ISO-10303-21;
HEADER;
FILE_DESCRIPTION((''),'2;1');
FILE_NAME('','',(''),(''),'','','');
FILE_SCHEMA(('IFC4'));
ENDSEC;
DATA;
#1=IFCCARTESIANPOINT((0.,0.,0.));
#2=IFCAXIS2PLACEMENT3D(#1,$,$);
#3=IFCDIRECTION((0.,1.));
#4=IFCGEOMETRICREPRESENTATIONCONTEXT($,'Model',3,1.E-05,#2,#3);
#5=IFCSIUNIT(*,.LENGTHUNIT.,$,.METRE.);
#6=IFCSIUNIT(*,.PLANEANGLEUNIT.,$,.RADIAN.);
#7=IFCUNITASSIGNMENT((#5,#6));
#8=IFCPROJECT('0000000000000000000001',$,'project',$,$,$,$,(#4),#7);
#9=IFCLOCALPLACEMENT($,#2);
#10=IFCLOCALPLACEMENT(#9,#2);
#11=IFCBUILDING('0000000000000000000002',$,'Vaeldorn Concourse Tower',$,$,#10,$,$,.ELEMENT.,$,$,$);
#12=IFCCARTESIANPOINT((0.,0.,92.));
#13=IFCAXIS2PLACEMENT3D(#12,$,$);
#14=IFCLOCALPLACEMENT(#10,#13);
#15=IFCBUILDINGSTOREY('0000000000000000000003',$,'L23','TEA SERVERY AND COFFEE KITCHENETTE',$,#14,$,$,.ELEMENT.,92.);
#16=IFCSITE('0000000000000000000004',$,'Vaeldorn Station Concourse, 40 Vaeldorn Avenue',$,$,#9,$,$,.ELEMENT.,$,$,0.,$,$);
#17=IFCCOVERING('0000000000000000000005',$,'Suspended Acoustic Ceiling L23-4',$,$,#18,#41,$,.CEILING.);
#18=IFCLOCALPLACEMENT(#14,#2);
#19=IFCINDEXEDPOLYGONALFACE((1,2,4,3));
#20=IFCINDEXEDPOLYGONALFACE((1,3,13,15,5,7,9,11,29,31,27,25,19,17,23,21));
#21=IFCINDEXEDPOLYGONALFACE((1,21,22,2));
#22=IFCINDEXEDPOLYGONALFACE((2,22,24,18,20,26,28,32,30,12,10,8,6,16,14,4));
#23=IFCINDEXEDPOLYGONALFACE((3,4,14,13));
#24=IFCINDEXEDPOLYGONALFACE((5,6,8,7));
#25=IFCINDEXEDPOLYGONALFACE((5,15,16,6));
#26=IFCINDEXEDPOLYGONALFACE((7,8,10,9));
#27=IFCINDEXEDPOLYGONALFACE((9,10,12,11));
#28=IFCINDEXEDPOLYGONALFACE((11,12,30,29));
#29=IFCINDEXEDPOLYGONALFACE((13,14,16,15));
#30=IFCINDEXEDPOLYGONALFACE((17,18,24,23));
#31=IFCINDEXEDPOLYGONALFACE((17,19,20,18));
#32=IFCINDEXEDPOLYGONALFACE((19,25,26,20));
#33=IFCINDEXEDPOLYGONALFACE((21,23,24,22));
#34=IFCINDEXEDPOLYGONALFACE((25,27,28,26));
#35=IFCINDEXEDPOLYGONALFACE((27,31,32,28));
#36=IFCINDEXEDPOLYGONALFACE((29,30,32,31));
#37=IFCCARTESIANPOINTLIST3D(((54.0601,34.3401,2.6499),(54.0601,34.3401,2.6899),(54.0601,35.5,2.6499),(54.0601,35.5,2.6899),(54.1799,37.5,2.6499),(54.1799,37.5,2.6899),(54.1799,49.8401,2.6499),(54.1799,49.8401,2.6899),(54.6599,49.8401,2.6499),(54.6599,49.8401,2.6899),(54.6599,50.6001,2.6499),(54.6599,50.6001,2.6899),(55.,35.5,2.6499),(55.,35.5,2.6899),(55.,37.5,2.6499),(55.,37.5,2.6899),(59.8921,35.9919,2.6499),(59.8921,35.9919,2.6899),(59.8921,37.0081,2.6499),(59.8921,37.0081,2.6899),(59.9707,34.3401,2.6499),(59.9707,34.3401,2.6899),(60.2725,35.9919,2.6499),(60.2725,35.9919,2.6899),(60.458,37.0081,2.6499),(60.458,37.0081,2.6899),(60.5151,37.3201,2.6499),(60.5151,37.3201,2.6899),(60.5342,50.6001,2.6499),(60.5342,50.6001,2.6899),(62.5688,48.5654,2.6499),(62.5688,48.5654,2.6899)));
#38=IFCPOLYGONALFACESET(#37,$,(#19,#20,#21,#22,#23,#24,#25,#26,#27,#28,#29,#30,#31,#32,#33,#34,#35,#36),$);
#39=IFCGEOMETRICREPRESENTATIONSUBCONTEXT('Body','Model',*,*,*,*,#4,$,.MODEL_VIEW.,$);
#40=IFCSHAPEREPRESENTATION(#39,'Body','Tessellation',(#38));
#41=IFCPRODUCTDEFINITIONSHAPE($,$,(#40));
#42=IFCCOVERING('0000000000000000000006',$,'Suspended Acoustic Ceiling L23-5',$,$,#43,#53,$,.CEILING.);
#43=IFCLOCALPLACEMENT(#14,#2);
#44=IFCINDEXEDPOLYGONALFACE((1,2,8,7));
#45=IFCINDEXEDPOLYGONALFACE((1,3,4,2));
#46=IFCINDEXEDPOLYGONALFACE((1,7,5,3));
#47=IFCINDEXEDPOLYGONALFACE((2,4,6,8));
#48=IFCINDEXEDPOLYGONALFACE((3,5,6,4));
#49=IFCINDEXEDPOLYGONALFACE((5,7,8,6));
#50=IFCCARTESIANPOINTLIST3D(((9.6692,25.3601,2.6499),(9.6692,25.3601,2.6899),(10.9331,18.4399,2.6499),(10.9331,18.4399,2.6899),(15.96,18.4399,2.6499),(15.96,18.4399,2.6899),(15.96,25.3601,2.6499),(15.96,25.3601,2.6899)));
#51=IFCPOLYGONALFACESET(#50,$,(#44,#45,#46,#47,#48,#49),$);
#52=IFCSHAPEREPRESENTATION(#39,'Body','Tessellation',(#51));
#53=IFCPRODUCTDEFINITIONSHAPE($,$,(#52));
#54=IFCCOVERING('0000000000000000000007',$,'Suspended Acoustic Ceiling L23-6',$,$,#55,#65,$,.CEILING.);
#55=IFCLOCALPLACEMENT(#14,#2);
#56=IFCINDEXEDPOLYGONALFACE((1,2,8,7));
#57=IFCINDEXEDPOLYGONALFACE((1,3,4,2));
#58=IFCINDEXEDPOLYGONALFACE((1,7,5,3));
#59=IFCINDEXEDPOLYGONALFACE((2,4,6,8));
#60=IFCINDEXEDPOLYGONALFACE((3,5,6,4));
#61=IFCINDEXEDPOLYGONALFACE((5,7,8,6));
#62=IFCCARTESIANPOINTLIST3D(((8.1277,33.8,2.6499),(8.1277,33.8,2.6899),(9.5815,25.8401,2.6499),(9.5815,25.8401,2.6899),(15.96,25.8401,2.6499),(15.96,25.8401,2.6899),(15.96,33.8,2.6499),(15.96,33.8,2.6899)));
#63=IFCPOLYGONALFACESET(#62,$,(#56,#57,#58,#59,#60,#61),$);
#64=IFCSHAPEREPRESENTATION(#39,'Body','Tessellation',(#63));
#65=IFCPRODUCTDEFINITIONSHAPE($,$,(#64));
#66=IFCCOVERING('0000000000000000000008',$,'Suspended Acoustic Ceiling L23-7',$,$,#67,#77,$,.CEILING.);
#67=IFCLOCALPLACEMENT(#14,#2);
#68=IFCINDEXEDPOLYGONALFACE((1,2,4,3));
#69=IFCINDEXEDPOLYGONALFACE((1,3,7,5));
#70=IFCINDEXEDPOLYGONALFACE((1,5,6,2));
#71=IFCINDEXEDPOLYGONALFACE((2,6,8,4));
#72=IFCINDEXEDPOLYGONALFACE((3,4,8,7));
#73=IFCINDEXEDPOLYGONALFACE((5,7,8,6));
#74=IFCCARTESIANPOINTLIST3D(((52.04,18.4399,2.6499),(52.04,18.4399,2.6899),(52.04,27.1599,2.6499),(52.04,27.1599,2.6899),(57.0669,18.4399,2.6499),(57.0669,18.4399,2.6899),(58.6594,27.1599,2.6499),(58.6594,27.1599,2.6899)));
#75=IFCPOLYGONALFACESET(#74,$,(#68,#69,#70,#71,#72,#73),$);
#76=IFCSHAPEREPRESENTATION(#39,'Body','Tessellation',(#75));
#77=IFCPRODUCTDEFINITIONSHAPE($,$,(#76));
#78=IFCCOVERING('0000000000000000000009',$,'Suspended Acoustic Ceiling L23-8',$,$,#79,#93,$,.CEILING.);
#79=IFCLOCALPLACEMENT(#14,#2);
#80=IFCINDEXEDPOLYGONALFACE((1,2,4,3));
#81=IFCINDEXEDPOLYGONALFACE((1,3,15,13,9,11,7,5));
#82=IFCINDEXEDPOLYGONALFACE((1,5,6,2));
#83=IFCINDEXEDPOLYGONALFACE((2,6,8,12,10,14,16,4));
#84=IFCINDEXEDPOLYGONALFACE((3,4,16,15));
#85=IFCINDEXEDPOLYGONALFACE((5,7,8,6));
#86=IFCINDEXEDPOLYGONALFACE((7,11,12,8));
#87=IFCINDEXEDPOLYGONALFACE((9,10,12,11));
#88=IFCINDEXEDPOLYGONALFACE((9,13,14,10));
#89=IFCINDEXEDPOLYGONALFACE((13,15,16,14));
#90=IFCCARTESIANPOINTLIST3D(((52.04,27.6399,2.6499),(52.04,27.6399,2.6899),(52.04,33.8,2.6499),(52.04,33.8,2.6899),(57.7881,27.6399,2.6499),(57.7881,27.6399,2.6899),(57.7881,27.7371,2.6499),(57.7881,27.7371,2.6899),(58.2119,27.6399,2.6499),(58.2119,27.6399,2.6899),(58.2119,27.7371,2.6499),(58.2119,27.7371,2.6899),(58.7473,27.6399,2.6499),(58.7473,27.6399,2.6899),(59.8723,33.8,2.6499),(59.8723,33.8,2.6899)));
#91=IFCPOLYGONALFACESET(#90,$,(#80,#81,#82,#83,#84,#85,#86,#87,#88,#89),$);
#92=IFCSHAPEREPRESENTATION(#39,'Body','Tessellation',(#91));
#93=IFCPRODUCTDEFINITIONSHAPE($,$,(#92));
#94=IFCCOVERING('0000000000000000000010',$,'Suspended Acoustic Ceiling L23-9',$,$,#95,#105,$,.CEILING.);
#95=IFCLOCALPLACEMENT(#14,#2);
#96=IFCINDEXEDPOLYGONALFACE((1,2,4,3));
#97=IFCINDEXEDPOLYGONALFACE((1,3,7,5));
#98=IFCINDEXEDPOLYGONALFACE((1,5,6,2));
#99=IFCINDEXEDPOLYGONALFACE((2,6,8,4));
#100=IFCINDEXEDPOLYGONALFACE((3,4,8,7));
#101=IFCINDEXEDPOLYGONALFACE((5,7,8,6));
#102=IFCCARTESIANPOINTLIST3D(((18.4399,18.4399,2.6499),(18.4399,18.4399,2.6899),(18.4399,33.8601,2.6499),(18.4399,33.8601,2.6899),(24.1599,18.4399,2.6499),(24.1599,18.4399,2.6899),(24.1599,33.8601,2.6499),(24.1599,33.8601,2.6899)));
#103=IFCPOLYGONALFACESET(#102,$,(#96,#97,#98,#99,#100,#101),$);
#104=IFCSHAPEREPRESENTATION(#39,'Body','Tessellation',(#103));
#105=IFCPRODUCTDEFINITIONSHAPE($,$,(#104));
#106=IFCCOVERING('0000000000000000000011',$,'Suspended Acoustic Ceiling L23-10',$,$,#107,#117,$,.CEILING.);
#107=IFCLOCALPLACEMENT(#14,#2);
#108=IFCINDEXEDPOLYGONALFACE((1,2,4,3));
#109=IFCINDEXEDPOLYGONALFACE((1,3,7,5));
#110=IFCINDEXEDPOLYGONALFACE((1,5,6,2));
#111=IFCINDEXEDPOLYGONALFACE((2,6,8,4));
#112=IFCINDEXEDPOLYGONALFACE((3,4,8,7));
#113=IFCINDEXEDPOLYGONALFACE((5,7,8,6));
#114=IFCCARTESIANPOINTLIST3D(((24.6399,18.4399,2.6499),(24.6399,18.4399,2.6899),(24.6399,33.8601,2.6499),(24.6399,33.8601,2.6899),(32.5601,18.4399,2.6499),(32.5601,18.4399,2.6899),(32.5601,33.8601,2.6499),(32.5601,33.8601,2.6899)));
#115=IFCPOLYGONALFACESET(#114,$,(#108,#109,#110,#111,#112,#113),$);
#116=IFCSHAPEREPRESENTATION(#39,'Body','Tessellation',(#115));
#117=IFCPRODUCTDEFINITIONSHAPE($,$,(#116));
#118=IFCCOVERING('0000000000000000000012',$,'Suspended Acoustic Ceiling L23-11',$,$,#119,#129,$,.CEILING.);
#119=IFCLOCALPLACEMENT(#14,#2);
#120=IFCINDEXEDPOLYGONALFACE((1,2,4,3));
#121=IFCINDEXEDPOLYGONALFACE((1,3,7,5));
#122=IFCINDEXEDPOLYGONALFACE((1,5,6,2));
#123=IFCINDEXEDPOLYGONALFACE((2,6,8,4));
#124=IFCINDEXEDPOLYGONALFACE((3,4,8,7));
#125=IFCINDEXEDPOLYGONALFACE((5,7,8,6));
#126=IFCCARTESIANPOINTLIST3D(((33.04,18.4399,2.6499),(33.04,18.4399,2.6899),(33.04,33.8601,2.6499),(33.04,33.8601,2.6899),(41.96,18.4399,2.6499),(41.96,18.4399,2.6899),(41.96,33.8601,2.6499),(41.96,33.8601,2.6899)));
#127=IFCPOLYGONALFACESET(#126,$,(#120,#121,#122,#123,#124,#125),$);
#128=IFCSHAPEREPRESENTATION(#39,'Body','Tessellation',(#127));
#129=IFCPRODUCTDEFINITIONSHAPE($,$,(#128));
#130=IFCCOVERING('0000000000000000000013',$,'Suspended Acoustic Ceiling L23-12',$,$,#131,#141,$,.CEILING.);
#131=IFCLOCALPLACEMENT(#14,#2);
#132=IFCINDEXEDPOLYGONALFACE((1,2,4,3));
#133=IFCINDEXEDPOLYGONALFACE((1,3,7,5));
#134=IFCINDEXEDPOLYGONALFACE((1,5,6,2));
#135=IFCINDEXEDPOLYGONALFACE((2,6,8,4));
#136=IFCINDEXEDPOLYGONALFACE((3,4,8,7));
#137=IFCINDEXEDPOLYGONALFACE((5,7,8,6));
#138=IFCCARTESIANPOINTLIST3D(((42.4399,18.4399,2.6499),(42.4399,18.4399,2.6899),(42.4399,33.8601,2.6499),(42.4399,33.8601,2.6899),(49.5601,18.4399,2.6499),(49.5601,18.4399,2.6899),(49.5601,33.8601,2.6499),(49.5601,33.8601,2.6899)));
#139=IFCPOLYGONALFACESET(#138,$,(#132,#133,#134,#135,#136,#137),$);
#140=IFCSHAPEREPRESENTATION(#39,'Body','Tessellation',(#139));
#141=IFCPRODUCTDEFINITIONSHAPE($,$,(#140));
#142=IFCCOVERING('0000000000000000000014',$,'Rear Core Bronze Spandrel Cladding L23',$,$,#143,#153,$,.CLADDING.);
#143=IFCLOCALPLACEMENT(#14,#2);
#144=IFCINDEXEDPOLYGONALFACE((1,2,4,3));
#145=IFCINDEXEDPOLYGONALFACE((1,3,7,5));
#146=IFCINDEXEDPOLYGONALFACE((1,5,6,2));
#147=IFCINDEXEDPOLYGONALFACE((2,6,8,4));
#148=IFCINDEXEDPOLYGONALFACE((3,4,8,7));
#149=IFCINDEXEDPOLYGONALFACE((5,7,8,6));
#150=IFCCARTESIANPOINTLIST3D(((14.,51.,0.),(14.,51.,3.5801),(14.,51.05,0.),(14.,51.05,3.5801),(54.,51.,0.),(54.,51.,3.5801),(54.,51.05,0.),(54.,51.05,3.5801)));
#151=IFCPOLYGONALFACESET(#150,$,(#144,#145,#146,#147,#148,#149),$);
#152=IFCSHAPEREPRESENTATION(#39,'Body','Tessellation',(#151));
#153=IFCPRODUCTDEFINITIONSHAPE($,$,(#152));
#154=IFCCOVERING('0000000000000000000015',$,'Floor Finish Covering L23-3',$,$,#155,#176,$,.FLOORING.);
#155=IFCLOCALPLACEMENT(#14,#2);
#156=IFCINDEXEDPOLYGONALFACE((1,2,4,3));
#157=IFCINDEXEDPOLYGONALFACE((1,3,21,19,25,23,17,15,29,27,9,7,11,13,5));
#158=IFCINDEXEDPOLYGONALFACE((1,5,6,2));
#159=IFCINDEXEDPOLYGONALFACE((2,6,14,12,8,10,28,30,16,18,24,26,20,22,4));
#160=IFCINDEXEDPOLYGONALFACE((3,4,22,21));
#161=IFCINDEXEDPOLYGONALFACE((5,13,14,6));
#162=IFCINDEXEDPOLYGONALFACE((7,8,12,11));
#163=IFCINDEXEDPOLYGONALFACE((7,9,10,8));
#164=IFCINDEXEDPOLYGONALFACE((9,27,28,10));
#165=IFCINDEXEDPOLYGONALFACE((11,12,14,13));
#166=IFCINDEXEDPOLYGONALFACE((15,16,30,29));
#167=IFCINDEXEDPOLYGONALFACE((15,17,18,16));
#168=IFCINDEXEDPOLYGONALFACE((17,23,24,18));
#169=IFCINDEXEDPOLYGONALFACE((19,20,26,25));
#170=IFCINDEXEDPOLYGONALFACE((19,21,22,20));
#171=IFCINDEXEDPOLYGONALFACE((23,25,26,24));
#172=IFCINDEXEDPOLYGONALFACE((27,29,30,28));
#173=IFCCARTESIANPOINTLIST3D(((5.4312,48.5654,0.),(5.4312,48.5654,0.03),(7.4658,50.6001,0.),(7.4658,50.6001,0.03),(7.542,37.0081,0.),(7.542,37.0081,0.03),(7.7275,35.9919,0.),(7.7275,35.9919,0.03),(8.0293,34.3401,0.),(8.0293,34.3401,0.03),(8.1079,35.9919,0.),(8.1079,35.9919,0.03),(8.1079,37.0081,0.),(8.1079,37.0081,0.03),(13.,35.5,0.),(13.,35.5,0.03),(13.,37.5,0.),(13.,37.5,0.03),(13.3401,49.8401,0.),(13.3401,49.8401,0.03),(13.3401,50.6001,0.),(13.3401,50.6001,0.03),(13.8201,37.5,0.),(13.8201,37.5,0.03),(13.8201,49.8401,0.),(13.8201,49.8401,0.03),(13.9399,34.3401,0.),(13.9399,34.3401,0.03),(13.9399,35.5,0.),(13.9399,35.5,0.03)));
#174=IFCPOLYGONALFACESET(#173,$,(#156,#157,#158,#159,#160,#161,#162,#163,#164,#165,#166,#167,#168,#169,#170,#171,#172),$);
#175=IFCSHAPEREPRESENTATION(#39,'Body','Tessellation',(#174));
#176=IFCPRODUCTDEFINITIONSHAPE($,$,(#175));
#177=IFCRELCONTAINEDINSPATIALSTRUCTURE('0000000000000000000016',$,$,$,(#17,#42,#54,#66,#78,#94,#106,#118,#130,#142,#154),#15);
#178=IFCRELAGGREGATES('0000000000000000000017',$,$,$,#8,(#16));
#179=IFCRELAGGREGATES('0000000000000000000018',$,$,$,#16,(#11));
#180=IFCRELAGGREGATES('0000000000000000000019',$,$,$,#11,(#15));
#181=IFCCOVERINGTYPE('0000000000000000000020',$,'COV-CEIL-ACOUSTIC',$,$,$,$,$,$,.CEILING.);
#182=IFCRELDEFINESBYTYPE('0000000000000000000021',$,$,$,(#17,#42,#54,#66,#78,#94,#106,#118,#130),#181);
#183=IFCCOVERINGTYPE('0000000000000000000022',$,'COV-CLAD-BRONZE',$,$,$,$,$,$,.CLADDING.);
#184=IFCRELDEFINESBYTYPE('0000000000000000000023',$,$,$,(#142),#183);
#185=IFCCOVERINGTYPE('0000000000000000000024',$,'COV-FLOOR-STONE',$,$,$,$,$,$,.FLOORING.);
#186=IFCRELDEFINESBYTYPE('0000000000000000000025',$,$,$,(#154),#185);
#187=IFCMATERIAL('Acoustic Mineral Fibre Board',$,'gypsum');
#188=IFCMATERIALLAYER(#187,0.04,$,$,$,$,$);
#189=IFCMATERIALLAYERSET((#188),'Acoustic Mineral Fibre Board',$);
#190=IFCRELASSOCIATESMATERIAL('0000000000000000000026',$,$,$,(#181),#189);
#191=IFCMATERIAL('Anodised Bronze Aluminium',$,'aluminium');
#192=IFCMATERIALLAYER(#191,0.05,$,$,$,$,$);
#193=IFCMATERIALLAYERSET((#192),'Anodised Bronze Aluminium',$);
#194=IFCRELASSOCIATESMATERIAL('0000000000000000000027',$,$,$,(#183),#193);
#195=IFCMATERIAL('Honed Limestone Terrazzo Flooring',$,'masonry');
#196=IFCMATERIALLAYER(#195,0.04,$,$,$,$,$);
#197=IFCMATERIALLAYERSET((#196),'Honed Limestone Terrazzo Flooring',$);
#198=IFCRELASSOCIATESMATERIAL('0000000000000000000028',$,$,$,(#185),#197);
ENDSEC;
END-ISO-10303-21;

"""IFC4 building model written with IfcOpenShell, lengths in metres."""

from ifc_helpers import new_model, si_unit, direction, frame, origin, place, context, subcontext, project, spatial, polyline, outline, extrude, material, layer, layer_set, type_object, element, save


model = new_model("IFC4")

# Units and contexts
model_context = context("Model", 3, precision=1e-05, world=origin(), true_north=direction((0.0, 1.0)))
body_context = subcontext(model_context, "Body", "Model", "MODEL_VIEW")
ifc_project = project(units=[si_unit("LENGTHUNIT", "METRE"), si_unit("PLANEANGLEUNIT", "RADIAN")], contexts=[model_context])

# Site, building, storey
site_placement = place(None, origin())
site = spatial("IfcSite", under=ifc_project, at=site_placement, Name="Vaeldorn Station Concourse, 40 Vaeldorn Avenue", CompositionType="ELEMENT", RefElevation=0.0)
building_placement = place(site_placement, origin())
building = spatial("IfcBuilding", under=site, at=building_placement, Name="Vaeldorn Concourse Tower", CompositionType="ELEMENT")
storey_placement = place(building_placement, frame((0.0, 0.0, 92.0)))
storey = spatial("IfcBuildingStorey", under=building, at=storey_placement, Name="L23", Description="TEA SERVERY AND COFFEE KITCHENETTE", CompositionType="ELEMENT", Elevation=92.0)

# Shared definitions
ifc_material_1 = material(Name="Anodised Bronze Aluminium", Category="aluminium")

# Coverings
ifc_material_2 = material(Name="Acoustic Mineral Fibre Board", Category="gypsum")
ifc_layer_1 = layer(ifc_material_2, 0.04)
ifc_layer_set_1 = layer_set([ifc_layer_1], Name="Acoustic Mineral Fibre Board")
covering_type_1 = type_object("IfcCoveringType", Name="COV-CEIL-ACOUSTIC", PredefinedType="CEILING", material=ifc_layer_set_1)
covering_1_placement = place(storey_placement, frame((0.0, 0.0, 2.6499)))
element("IfcCovering", 1, at=covering_1_placement, inside=storey, type_object=covering_type_1, Name="Suspended Acoustic Ceiling L23-4", PredefinedType="CEILING", context=body_context, shape_type="SweptSolid", body=[
    extrude(outline(polyline([(54.1799, 49.8401), (54.6599, 49.8401), (54.6599, 50.6001), (60.5342, 50.6001), (62.5688, 48.5654), (60.5151, 37.3201), (60.5151, 37.3201), (60.458, 37.0081), (59.8921, 37.0081), (59.8921, 35.9919), (60.2725, 35.9919), (59.9707, 34.3401), (54.0601, 34.3401), (54.0601, 35.5), (55.0, 35.5), (55.0, 37.5), (54.1799, 37.5), (54.1799, 49.8401)])), origin(), (0.0, 0.0, 1.0), 0.04),
])
covering_2_placement = place(storey_placement, frame((0.0, 0.0, 2.6499)))
element("IfcCovering", 2, at=covering_2_placement, inside=storey, type_object=covering_type_1, Name="Suspended Acoustic Ceiling L23-5", PredefinedType="CEILING", context=body_context, shape_type="SweptSolid", body=[
    extrude(outline(polyline([(15.96, 25.3601), (15.96, 18.4399), (10.9331, 18.4399), (9.6692, 25.3601), (15.96, 25.3601)])), origin(), (0.0, 0.0, 1.0), 0.04),
])
covering_3_placement = place(storey_placement, frame((0.0, 0.0, 2.6499)))
element("IfcCovering", 3, at=covering_3_placement, inside=storey, type_object=covering_type_1, Name="Suspended Acoustic Ceiling L23-6", PredefinedType="CEILING", context=body_context, shape_type="SweptSolid", body=[
    extrude(outline(polyline([(15.96, 33.8), (15.96, 25.8401), (9.5815, 25.8401), (8.1277, 33.8), (15.96, 33.8)])), origin(), (0.0, 0.0, 1.0), 0.04),
])
covering_4_placement = place(storey_placement, frame((0.0, 0.0, 2.6499)))
element("IfcCovering", 4, at=covering_4_placement, inside=storey, type_object=covering_type_1, Name="Suspended Acoustic Ceiling L23-7", PredefinedType="CEILING", context=body_context, shape_type="SweptSolid", body=[
    extrude(outline(polyline([(52.04, 27.1599), (58.6594, 27.1599), (57.0669, 18.4399), (52.04, 18.4399), (52.04, 27.1599)])), origin(), (0.0, 0.0, 1.0), 0.04),
])
covering_5_placement = place(storey_placement, frame((0.0, 0.0, 2.6499)))
element("IfcCovering", 5, at=covering_5_placement, inside=storey, type_object=covering_type_1, Name="Suspended Acoustic Ceiling L23-8", PredefinedType="CEILING", context=body_context, shape_type="SweptSolid", body=[
    extrude(outline(polyline([(52.04, 33.8), (59.8723, 33.8), (58.7473, 27.6399), (58.2119, 27.6399), (58.2119, 27.7371), (57.7881, 27.7371), (57.7881, 27.6399), (52.04, 27.6399), (52.04, 33.8)])), origin(), (0.0, 0.0, 1.0), 0.04),
])
covering_6_placement = place(storey_placement, frame((0.0, 0.0, 2.6499)))
element("IfcCovering", 6, at=covering_6_placement, inside=storey, type_object=covering_type_1, Name="Suspended Acoustic Ceiling L23-9", PredefinedType="CEILING", context=body_context, shape_type="SweptSolid", body=[
    extrude(outline(polyline([(18.4399, 33.8601), (24.1599, 33.8601), (24.1599, 18.4399), (18.4399, 18.4399), (18.4399, 33.8601)])), origin(), (0.0, 0.0, 1.0), 0.04),
])
covering_7_placement = place(storey_placement, frame((0.0, 0.0, 2.6499)))
element("IfcCovering", 7, at=covering_7_placement, inside=storey, type_object=covering_type_1, Name="Suspended Acoustic Ceiling L23-10", PredefinedType="CEILING", context=body_context, shape_type="SweptSolid", body=[
    extrude(outline(polyline([(24.6399, 33.8601), (32.5601, 33.8601), (32.5601, 18.4399), (24.6399, 18.4399), (24.6399, 33.8601)])), origin(), (0.0, 0.0, 1.0), 0.04),
])
covering_8_placement = place(storey_placement, frame((0.0, 0.0, 2.6499)))
element("IfcCovering", 8, at=covering_8_placement, inside=storey, type_object=covering_type_1, Name="Suspended Acoustic Ceiling L23-11", PredefinedType="CEILING", context=body_context, shape_type="SweptSolid", body=[
    extrude(outline(polyline([(33.04, 33.8601), (41.96, 33.8601), (41.96, 18.4399), (33.04, 18.4399), (33.04, 33.8601)])), origin(), (0.0, 0.0, 1.0), 0.04),
])
covering_9_placement = place(storey_placement, frame((0.0, 0.0, 2.6499)))
element("IfcCovering", 9, at=covering_9_placement, inside=storey, type_object=covering_type_1, Name="Suspended Acoustic Ceiling L23-12", PredefinedType="CEILING", context=body_context, shape_type="SweptSolid", body=[
    extrude(outline(polyline([(42.4399, 33.8601), (49.5601, 33.8601), (49.5601, 18.4399), (42.4399, 18.4399), (42.4399, 33.8601)])), origin(), (0.0, 0.0, 1.0), 0.04),
])
ifc_layer_2 = layer(ifc_material_1, 0.05)
ifc_layer_set_2 = layer_set([ifc_layer_2], Name="Anodised Bronze Aluminium")
covering_type_2 = type_object("IfcCoveringType", Name="COV-CLAD-BRONZE", PredefinedType="CLADDING", material=ifc_layer_set_2)
covering_10_placement = place(storey_placement, origin())
element("IfcCovering", 10, at=covering_10_placement, inside=storey, type_object=covering_type_2, Name="Rear Core Bronze Spandrel Cladding L23", PredefinedType="CLADDING", context=body_context, shape_type="SweptSolid", body=[
    extrude(outline(polyline([(14.0, 51.0), (54.0, 51.0), (54.0, 51.05), (14.0, 51.05), (14.0, 51.0)])), origin(), (0.0, 0.0, 1.0), 3.5801),
])
ifc_material_3 = material(Name="Honed Limestone Terrazzo Flooring", Category="masonry")
ifc_layer_3 = layer(ifc_material_3, 0.04)
ifc_layer_set_3 = layer_set([ifc_layer_3], Name="Honed Limestone Terrazzo Flooring")
covering_type_3 = type_object("IfcCoveringType", Name="COV-FLOOR-STONE", PredefinedType="FLOORING", material=ifc_layer_set_3)
covering_11_placement = place(storey_placement, origin())
element("IfcCovering", 11, at=covering_11_placement, inside=storey, type_object=covering_type_3, Name="Floor Finish Covering L23-3", PredefinedType="FLOORING", context=body_context, shape_type="SweptSolid", body=[
    extrude(outline(polyline([(7.4658, 50.6001), (13.3401, 50.6001), (13.3401, 49.8401), (13.8201, 49.8401), (13.8201, 37.5), (13.0, 37.5), (13.0, 35.5), (13.9399, 35.5), (13.9399, 34.3401), (8.0293, 34.3401), (7.7275, 35.9919), (8.1079, 35.9919), (8.1079, 37.0081), (7.542, 37.0081), (5.4312, 48.5654), (7.4658, 50.6001)])), origin(), (0.0, 0.0, 1.0), 0.03),
])

save(model, "model.ifc")
